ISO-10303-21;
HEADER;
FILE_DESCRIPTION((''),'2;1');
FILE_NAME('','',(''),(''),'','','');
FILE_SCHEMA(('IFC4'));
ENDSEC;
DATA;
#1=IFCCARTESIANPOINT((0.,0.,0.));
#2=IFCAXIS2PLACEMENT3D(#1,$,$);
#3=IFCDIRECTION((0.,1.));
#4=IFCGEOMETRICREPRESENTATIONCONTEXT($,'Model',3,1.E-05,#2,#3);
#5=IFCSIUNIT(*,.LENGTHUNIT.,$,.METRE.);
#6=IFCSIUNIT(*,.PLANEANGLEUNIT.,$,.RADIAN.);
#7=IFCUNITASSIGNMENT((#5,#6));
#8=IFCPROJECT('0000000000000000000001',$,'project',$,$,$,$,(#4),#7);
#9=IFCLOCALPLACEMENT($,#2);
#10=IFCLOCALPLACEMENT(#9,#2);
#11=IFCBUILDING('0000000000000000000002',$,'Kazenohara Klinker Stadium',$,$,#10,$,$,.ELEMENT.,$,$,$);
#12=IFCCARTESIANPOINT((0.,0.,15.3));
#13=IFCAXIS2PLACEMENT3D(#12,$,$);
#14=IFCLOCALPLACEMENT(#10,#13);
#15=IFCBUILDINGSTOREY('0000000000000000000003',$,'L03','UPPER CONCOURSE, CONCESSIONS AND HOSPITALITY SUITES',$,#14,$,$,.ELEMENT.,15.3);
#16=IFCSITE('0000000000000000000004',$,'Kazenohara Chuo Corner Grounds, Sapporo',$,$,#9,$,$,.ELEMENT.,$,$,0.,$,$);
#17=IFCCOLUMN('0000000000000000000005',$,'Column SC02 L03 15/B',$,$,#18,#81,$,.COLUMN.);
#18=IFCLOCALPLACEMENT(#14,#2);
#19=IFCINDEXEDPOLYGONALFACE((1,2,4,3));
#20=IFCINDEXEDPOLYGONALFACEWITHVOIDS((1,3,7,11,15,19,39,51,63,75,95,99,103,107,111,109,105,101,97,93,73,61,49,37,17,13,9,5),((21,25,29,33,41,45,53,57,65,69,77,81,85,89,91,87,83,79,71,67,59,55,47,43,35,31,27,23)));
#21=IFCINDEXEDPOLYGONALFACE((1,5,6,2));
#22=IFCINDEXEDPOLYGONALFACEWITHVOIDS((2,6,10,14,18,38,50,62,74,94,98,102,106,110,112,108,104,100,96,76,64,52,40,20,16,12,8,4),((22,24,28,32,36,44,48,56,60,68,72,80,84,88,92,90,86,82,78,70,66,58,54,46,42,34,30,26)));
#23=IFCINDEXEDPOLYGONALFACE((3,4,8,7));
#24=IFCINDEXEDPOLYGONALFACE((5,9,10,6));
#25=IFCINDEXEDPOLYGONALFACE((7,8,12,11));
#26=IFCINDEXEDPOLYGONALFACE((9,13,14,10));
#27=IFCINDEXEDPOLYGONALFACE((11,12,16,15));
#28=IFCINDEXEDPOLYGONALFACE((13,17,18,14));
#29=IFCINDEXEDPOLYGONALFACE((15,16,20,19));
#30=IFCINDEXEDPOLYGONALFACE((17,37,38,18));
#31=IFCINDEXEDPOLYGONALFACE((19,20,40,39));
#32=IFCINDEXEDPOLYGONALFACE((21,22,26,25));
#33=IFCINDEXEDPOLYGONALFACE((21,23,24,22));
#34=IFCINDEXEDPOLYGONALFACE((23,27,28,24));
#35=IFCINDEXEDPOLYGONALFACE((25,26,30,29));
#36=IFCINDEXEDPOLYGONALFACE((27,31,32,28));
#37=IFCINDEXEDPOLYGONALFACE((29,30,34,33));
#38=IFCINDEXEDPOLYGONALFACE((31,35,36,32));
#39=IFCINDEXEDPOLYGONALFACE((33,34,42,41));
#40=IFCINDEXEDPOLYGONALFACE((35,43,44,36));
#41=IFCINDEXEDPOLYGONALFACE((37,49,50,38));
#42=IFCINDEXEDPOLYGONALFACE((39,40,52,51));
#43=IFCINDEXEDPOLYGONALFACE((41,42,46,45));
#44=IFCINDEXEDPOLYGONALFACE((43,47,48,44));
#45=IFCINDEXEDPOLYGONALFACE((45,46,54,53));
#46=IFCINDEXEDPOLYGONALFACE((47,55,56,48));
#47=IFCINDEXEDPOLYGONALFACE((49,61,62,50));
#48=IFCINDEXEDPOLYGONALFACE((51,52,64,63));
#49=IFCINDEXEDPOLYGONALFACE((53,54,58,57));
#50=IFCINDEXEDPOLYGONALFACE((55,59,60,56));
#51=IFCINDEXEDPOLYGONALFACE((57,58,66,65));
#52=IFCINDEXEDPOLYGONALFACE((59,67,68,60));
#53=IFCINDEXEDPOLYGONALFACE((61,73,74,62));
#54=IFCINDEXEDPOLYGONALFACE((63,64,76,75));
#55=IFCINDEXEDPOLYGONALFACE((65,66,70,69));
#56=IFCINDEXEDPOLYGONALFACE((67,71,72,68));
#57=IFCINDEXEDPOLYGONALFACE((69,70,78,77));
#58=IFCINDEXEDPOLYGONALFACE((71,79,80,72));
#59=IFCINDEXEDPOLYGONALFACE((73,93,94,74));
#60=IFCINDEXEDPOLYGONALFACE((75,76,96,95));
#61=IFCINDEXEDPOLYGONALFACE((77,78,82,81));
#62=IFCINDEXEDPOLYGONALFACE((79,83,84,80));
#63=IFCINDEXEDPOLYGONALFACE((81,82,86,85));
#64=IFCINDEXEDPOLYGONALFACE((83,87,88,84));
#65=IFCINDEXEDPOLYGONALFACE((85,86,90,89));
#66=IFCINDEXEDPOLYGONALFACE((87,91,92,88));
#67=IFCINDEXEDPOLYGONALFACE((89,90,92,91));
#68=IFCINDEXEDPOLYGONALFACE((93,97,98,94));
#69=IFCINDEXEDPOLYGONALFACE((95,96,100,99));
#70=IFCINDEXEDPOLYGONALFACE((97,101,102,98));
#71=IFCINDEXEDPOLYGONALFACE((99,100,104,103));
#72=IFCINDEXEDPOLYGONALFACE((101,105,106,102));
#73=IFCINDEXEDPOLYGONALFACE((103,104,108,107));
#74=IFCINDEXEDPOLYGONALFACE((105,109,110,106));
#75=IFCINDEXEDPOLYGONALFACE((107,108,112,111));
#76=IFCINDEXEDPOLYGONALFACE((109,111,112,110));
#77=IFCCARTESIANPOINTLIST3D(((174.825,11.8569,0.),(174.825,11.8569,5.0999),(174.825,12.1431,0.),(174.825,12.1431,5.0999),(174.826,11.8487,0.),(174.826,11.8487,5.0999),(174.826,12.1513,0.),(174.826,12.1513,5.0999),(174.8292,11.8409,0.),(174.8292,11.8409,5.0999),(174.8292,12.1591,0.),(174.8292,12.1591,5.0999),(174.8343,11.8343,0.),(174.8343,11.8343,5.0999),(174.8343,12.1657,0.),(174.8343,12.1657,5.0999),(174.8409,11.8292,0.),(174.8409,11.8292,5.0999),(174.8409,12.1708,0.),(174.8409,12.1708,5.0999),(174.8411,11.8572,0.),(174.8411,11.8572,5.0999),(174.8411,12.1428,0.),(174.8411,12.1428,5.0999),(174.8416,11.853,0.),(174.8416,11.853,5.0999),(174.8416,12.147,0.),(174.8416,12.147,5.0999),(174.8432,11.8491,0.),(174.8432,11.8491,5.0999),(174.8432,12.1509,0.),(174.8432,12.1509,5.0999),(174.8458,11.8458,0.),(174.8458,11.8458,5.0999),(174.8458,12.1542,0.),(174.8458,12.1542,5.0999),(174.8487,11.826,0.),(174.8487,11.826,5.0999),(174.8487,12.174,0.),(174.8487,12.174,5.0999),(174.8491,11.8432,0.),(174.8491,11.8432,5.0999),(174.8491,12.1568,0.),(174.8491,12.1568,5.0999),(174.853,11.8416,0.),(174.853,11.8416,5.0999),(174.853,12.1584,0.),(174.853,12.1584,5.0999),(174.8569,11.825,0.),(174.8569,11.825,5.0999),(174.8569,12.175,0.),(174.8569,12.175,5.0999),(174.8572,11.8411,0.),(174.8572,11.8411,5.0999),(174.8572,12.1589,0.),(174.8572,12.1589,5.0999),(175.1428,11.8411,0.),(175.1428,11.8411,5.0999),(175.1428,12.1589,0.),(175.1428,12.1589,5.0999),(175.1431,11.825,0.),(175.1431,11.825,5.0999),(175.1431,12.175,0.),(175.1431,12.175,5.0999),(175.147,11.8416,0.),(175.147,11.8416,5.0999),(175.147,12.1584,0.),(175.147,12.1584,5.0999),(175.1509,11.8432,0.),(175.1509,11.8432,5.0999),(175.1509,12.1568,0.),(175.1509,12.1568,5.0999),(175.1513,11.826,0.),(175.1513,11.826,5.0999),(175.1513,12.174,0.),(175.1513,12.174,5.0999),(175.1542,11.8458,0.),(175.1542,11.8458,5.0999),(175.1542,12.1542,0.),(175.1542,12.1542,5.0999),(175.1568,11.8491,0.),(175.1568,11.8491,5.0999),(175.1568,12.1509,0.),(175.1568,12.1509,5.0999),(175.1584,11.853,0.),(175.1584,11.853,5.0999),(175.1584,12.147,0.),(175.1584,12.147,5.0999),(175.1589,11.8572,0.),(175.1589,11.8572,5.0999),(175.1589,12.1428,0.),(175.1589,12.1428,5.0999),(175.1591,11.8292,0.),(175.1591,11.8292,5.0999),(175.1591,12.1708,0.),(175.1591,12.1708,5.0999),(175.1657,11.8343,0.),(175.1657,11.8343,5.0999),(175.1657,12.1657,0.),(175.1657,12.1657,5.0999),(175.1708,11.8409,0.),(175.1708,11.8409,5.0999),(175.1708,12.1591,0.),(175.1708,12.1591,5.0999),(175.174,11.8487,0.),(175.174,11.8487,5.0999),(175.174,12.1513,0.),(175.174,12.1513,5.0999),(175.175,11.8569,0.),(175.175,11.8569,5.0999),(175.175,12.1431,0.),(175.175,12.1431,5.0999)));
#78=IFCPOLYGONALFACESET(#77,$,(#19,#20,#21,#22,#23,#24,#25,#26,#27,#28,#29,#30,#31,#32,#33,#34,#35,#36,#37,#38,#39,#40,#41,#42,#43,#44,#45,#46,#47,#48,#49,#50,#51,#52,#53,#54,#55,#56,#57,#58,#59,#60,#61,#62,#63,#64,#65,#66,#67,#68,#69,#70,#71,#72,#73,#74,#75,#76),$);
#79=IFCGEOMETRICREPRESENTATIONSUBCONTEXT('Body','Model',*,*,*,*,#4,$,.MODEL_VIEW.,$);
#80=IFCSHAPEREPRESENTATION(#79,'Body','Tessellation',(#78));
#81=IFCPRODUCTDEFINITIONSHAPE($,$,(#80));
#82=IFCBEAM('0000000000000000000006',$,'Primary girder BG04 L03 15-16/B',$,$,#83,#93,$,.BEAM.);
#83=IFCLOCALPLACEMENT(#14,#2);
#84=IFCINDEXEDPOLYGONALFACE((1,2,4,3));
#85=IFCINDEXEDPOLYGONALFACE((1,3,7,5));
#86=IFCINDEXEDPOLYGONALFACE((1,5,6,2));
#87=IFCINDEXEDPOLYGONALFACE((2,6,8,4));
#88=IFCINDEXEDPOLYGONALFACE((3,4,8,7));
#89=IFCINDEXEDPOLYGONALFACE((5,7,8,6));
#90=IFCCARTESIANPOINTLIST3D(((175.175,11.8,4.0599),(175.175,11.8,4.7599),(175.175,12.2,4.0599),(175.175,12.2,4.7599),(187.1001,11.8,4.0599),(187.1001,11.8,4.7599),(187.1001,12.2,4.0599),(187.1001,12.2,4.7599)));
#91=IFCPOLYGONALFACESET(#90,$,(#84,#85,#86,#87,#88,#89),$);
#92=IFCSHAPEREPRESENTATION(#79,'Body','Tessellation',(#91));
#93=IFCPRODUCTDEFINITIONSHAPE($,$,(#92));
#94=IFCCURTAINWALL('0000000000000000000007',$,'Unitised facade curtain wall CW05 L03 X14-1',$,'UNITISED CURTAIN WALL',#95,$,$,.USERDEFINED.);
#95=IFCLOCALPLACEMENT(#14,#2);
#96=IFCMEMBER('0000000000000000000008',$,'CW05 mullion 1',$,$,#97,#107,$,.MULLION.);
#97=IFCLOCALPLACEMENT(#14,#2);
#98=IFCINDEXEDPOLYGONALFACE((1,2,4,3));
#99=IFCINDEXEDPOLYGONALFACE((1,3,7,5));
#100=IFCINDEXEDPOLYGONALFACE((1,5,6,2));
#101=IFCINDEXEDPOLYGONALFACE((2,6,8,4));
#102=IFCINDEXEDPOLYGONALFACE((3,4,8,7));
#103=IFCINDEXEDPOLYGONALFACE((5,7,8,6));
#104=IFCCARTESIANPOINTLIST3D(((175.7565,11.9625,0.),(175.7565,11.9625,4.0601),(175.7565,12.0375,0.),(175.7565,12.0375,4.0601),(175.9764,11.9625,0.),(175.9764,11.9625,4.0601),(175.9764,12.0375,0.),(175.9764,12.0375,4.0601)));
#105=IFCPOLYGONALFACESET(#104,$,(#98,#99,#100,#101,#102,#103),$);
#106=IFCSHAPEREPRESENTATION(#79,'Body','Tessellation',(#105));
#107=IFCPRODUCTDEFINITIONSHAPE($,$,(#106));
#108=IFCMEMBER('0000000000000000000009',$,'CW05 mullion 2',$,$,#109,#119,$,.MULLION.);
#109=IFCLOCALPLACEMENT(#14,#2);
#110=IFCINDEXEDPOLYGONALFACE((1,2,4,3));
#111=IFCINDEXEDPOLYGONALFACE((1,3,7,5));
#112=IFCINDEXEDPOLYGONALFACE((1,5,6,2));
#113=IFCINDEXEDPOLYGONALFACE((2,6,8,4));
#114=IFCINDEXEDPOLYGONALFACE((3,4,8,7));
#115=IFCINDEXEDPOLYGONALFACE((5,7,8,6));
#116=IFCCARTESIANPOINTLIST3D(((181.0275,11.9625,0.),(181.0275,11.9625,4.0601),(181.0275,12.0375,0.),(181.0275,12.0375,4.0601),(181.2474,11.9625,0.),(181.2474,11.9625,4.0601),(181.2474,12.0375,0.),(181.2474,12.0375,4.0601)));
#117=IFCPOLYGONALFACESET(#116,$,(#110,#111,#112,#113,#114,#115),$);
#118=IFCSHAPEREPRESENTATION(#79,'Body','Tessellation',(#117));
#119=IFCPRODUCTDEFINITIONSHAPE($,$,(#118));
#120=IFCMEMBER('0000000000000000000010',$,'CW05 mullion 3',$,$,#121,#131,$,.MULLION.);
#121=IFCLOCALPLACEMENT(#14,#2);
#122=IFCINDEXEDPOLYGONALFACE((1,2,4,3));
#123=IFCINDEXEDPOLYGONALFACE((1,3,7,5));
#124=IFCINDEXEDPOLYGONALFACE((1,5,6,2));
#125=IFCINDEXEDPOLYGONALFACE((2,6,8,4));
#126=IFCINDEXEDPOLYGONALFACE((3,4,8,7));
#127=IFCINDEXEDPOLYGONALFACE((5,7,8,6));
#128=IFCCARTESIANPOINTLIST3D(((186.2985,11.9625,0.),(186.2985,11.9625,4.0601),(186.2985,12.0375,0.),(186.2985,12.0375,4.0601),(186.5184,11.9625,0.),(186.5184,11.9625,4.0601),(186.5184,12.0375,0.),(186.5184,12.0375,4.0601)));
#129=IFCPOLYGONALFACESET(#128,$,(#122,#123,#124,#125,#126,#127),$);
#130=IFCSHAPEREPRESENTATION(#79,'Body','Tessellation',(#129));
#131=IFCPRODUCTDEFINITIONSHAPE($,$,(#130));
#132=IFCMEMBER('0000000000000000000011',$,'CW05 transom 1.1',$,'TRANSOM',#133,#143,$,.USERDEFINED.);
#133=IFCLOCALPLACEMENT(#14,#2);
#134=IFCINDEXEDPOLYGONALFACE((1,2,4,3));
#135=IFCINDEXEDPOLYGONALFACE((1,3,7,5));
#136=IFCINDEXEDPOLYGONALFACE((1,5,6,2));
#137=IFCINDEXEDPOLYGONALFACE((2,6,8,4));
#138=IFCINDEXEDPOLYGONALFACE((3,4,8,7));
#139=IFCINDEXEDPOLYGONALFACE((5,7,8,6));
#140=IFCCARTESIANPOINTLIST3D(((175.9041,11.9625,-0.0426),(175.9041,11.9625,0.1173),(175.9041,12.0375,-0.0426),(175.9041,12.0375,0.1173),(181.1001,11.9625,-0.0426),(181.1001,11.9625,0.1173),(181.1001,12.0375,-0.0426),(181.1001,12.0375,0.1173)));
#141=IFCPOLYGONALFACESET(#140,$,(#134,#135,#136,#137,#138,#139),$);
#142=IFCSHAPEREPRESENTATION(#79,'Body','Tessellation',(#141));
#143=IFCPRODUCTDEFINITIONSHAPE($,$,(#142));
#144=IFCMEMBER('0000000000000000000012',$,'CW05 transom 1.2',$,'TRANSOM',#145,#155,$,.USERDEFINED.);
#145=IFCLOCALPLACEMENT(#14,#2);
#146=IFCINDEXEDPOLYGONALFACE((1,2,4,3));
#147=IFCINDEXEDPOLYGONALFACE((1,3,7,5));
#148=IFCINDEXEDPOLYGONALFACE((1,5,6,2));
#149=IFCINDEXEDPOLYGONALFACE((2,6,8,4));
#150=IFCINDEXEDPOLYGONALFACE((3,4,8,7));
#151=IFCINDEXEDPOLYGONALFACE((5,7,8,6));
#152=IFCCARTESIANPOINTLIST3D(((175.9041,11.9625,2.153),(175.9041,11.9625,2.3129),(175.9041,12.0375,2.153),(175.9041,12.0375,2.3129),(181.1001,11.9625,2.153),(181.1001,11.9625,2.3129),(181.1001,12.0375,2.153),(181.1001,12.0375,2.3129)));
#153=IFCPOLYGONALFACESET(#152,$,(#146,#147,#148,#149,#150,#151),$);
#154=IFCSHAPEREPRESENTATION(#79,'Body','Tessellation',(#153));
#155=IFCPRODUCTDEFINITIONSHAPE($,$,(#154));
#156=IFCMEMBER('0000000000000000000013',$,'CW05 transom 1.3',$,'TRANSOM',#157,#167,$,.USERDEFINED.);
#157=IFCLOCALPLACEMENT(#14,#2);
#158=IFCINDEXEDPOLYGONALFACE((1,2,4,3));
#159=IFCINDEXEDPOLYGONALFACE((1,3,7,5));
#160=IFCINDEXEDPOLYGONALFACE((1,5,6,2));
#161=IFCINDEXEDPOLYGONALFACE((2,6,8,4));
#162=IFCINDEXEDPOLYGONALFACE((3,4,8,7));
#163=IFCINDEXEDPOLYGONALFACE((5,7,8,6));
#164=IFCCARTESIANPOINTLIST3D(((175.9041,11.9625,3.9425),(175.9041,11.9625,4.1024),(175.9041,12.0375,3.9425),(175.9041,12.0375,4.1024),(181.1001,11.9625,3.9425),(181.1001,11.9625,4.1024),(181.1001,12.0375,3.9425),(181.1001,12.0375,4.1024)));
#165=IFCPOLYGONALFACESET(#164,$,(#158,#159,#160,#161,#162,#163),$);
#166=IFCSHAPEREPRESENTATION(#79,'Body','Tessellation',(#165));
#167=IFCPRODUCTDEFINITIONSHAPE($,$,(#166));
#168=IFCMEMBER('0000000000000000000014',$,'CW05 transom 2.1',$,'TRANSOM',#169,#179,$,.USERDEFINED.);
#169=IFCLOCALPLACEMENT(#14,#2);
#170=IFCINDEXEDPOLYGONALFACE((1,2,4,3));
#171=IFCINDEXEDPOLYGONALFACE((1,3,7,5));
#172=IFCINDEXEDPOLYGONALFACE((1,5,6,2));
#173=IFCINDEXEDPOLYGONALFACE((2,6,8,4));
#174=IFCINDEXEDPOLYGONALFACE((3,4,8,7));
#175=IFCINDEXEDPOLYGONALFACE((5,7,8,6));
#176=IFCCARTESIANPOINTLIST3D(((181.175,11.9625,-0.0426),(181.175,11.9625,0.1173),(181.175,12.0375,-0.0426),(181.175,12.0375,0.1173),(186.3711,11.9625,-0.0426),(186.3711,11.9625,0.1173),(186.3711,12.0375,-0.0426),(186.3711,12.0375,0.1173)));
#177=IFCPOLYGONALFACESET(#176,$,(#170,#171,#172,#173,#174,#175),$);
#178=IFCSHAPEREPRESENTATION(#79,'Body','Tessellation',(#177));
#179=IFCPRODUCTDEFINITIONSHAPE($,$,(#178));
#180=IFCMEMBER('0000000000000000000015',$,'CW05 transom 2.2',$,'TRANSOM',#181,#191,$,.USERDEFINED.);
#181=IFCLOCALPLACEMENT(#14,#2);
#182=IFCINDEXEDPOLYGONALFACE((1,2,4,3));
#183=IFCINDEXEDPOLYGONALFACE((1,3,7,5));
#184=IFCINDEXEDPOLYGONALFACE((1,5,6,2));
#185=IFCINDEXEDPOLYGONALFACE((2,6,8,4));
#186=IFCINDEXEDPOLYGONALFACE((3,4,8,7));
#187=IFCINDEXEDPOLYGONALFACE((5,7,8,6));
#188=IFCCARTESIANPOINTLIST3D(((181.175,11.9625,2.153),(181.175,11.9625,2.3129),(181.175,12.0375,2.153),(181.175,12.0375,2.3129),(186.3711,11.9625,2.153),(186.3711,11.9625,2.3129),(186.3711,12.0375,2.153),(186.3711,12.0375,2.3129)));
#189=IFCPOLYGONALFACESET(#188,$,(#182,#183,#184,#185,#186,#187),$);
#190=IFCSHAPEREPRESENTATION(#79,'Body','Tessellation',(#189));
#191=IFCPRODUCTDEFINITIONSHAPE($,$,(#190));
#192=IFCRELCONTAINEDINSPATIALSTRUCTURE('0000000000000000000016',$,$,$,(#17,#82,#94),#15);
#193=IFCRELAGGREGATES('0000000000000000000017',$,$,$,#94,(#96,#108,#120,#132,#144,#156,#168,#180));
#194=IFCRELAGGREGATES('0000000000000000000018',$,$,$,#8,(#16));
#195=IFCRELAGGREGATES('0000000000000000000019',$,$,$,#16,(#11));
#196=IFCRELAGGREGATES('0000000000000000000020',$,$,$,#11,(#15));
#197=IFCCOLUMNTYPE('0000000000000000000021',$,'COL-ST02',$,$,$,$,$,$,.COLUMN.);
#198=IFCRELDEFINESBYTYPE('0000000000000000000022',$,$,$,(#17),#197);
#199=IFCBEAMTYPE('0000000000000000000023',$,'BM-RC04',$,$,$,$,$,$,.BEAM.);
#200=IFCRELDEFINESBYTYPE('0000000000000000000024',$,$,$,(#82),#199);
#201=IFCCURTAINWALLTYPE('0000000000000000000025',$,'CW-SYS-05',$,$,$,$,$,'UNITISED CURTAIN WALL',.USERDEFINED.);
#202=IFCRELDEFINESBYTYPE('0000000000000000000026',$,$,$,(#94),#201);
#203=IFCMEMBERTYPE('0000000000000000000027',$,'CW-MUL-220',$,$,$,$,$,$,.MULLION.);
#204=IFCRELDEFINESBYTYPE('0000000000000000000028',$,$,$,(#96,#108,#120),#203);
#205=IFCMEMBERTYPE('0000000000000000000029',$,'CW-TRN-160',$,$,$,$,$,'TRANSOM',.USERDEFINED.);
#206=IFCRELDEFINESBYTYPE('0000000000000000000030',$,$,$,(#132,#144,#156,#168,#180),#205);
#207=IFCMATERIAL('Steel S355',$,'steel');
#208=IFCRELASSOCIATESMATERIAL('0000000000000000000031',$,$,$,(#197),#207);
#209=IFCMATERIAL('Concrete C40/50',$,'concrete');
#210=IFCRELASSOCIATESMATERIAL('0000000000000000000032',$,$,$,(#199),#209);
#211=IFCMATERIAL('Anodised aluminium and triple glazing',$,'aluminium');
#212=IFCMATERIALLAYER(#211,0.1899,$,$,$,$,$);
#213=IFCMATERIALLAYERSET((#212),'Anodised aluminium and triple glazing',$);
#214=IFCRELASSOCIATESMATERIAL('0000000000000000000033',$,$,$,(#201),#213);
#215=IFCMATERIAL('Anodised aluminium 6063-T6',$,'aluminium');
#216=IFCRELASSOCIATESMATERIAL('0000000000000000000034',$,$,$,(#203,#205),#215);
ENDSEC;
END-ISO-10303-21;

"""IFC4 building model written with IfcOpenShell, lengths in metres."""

from ifc_helpers import new_model, si_unit, direction, frame, origin, origin_2d, place, context, subcontext, project, spatial, rectangle, hollow_rectangle, extrude, material, layer, layer_set, material_profile, profile_set, type_object, element, aggregate, save


model = new_model("IFC4")

# Units and contexts
model_context = context("Model", 3, precision=1e-05, world=origin(), true_north=direction((0.0, 1.0)))
body_context = subcontext(model_context, "Body", "Model", "MODEL_VIEW")
ifc_project = project(units=[si_unit("LENGTHUNIT", "METRE"), si_unit("PLANEANGLEUNIT", "RADIAN")], contexts=[model_context])

# Site, building, storey
site_placement = place(None, origin())
site = spatial("IfcSite", under=ifc_project, at=site_placement, Name="Kazenohara Chuo Corner Grounds, Sapporo", CompositionType="ELEMENT", RefElevation=0.0)
building_placement = place(site_placement, origin())
building = spatial("IfcBuilding", under=site, at=building_placement, Name="Kazenohara Klinker Stadium", CompositionType="ELEMENT")
storey_placement = place(building_placement, frame((0.0, 0.0, 15.3)))
storey = spatial("IfcBuildingStorey", under=building, at=storey_placement, Name="L03", Description="UPPER CONCOURSE, CONCESSIONS AND HOSPITALITY SUITES", CompositionType="ELEMENT", Elevation=15.3)

# Column
ifc_material_1 = material(Name="Steel S355", Category="steel")
ifc_material_profile_1 = material_profile(ifc_material_1, hollow_rectangle(XDim=0.3501, YDim=0.3501, WallThickness=0.0161, InnerFilletRadius=0.0161, OuterFilletRadius=0.032, at=origin_2d()), Name="SHS-350x350x16")
ifc_profile_set_1 = profile_set([ifc_material_profile_1], Name="Steel S355")
column_type = type_object("IfcColumnType", Name="COL-ST02", PredefinedType="COLUMN", material=ifc_profile_set_1)
column_placement = place(storey_placement, frame((175.0, 12.0, 0.0), z_axis=(0.0, 0.0, 1.0), x_axis=(1.0, 0.0, 0.0)))
element("IfcColumn", 1, at=column_placement, inside=storey, type_object=column_type, Name="Column SC02 L03 15/B", PredefinedType="COLUMN", context=body_context, shape_type="SweptSolid", body=[
    extrude(hollow_rectangle(XDim=0.3501, YDim=0.3501, WallThickness=0.0161, InnerFilletRadius=0.0161, OuterFilletRadius=0.032, at=origin_2d()), origin(), (0.0, 0.0, 1.0), 5.0999),
])

# Beam
ifc_material_2 = material(Name="Concrete C40/50", Category="concrete")
ifc_material_profile_2 = material_profile(ifc_material_2, rectangle(XDim=0.3999, YDim=0.7, at=origin_2d()), Name="RC-BM-400x700")
ifc_profile_set_2 = profile_set([ifc_material_profile_2], Name="Concrete C40/50")
beam_type = type_object("IfcBeamType", Name="BM-RC04", PredefinedType="BEAM", material=ifc_profile_set_2)
beam_placement = place(storey_placement, frame((175.175, 12.0, 4.4099), z_axis=(1.0, 0.0, 0.0), x_axis=(0.0, 1.0, 0.0)))
element("IfcBeam", 2, at=beam_placement, inside=storey, type_object=beam_type, Name="Primary girder BG04 L03 15-16/B", PredefinedType="BEAM", context=body_context, shape_type="SweptSolid", body=[
    extrude(rectangle(XDim=0.3999, YDim=0.7, at=origin_2d()), origin(), (0.0, 0.0, 1.0), 11.925),
])

# Curtain wall, members
ifc_material_3 = material(Name="Anodised aluminium and triple glazing", Category="aluminium")
ifc_layer_1 = layer(ifc_material_3, 0.1899)
ifc_layer_set_1 = layer_set([ifc_layer_1], Name="Anodised aluminium and triple glazing")
curtain_wall_type = type_object("IfcCurtainWallType", Name="CW-SYS-05", ElementType="UNITISED CURTAIN WALL", PredefinedType="USERDEFINED", material=ifc_layer_set_1)
curtain_wall_placement = place(storey_placement, origin())
curtain_wall = element("IfcCurtainWall", 3, at=curtain_wall_placement, inside=storey, type_object=curtain_wall_type, Name="Unitised facade curtain wall CW05 L03 X14-1", ObjectType="UNITISED CURTAIN WALL", PredefinedType="USERDEFINED")
ifc_material_4 = material(Name="Anodised aluminium 6063-T6", Category="aluminium")
ifc_material_profile_3 = material_profile(ifc_material_4, rectangle(XDim=0.075, YDim=0.22, at=origin_2d()), Name="ALU-MUL-75x220")
ifc_profile_set_3 = profile_set([ifc_material_profile_3], Name="Anodised aluminium 6063-T6")
member_type_1 = type_object("IfcMemberType", Name="CW-MUL-220", PredefinedType="MULLION", material=ifc_profile_set_3)
member_1_placement = place(storey_placement, frame((175.8665, 12.0, 0.0), z_axis=(0.0, 0.0, 1.0), x_axis=(0.0, 1.0, 0.0)))
member_1 = element("IfcMember", 4, at=member_1_placement, type_object=member_type_1, Name="CW05 mullion 1", PredefinedType="MULLION", context=body_context, shape_type="SweptSolid", body=[
    extrude(rectangle(XDim=0.075, YDim=0.22, at=origin_2d()), origin(), (0.0, 0.0, 1.0), 4.0601),
])
member_2_placement = place(storey_placement, frame((181.1375, 12.0, 0.0), z_axis=(0.0, 0.0, 1.0), x_axis=(0.0, 1.0, 0.0)))
member_2 = element("IfcMember", 5, at=member_2_placement, type_object=member_type_1, Name="CW05 mullion 2", PredefinedType="MULLION", context=body_context, shape_type="SweptSolid", body=[
    extrude(rectangle(XDim=0.075, YDim=0.22, at=origin_2d()), origin(), (0.0, 0.0, 1.0), 4.0601),
])
member_3_placement = place(storey_placement, frame((186.4084, 12.0, 0.0), z_axis=(0.0, 0.0, 1.0), x_axis=(0.0, 1.0, 0.0)))
member_3 = element("IfcMember", 6, at=member_3_placement, type_object=member_type_1, Name="CW05 mullion 3", PredefinedType="MULLION", context=body_context, shape_type="SweptSolid", body=[
    extrude(rectangle(XDim=0.075, YDim=0.22, at=origin_2d()), origin(), (0.0, 0.0, 1.0), 4.0601),
])
ifc_material_profile_4 = material_profile(ifc_material_4, rectangle(XDim=0.075, YDim=0.1599, at=origin_2d()), Name="ALU-TRN-75x160")
ifc_profile_set_4 = profile_set([ifc_material_profile_4], Name="Anodised aluminium 6063-T6")
member_type_2 = type_object("IfcMemberType", Name="CW-TRN-160", ElementType="TRANSOM", PredefinedType="USERDEFINED", material=ifc_profile_set_4)
member_4_placement = place(storey_placement, frame((175.9041, 12.0, 0.0374), z_axis=(1.0, 0.0, 0.0), x_axis=(0.0, 1.0, 0.0)))
member_4 = element("IfcMember", 7, at=member_4_placement, type_object=member_type_2, Name="CW05 transom 1.1", ObjectType="TRANSOM", PredefinedType="USERDEFINED", context=body_context, shape_type="SweptSolid", body=[
    extrude(rectangle(XDim=0.075, YDim=0.1599, at=origin_2d()), origin(), (0.0, 0.0, 1.0), 5.196),
])
member_5_placement = place(storey_placement, frame((175.9041, 12.0, 2.2329), z_axis=(1.0, 0.0, 0.0), x_axis=(0.0, 1.0, 0.0)))
member_5 = element("IfcMember", 8, at=member_5_placement, type_object=member_type_2, Name="CW05 transom 1.2", ObjectType="TRANSOM", PredefinedType="USERDEFINED", context=body_context, shape_type="SweptSolid", body=[
    extrude(rectangle(XDim=0.075, YDim=0.1599, at=origin_2d()), origin(), (0.0, 0.0, 1.0), 5.196),
])
member_6_placement = place(storey_placement, frame((175.9041, 12.0, 4.0225), z_axis=(1.0, 0.0, 0.0), x_axis=(0.0, 1.0, 0.0)))
member_6 = element("IfcMember", 9, at=member_6_placement, type_object=member_type_2, Name="CW05 transom 1.3", ObjectType="TRANSOM", PredefinedType="USERDEFINED", context=body_context, shape_type="SweptSolid", body=[
    extrude(rectangle(XDim=0.075, YDim=0.1599, at=origin_2d()), origin(), (0.0, 0.0, 1.0), 5.196),
])
member_7_placement = place(storey_placement, frame((181.175, 12.0, 0.0374), z_axis=(1.0, 0.0, 0.0), x_axis=(0.0, 1.0, 0.0)))
member_7 = element("IfcMember", 10, at=member_7_placement, type_object=member_type_2, Name="CW05 transom 2.1", ObjectType="TRANSOM", PredefinedType="USERDEFINED", context=body_context, shape_type="SweptSolid", body=[
    extrude(rectangle(XDim=0.075, YDim=0.1599, at=origin_2d()), origin(), (0.0, 0.0, 1.0), 5.196),
])
member_8_placement = place(storey_placement, frame((181.175, 12.0, 2.2329), z_axis=(1.0, 0.0, 0.0), x_axis=(0.0, 1.0, 0.0)))
member_8 = element("IfcMember", 11, at=member_8_placement, type_object=member_type_2, Name="CW05 transom 2.2", ObjectType="TRANSOM", PredefinedType="USERDEFINED", context=body_context, shape_type="SweptSolid", body=[
    extrude(rectangle(XDim=0.075, YDim=0.1599, at=origin_2d()), origin(), (0.0, 0.0, 1.0), 5.196),
])
aggregate(curtain_wall, [member_1, member_2, member_3, member_4, member_5, member_6, member_7, member_8])

save(model, "model.ifc")
